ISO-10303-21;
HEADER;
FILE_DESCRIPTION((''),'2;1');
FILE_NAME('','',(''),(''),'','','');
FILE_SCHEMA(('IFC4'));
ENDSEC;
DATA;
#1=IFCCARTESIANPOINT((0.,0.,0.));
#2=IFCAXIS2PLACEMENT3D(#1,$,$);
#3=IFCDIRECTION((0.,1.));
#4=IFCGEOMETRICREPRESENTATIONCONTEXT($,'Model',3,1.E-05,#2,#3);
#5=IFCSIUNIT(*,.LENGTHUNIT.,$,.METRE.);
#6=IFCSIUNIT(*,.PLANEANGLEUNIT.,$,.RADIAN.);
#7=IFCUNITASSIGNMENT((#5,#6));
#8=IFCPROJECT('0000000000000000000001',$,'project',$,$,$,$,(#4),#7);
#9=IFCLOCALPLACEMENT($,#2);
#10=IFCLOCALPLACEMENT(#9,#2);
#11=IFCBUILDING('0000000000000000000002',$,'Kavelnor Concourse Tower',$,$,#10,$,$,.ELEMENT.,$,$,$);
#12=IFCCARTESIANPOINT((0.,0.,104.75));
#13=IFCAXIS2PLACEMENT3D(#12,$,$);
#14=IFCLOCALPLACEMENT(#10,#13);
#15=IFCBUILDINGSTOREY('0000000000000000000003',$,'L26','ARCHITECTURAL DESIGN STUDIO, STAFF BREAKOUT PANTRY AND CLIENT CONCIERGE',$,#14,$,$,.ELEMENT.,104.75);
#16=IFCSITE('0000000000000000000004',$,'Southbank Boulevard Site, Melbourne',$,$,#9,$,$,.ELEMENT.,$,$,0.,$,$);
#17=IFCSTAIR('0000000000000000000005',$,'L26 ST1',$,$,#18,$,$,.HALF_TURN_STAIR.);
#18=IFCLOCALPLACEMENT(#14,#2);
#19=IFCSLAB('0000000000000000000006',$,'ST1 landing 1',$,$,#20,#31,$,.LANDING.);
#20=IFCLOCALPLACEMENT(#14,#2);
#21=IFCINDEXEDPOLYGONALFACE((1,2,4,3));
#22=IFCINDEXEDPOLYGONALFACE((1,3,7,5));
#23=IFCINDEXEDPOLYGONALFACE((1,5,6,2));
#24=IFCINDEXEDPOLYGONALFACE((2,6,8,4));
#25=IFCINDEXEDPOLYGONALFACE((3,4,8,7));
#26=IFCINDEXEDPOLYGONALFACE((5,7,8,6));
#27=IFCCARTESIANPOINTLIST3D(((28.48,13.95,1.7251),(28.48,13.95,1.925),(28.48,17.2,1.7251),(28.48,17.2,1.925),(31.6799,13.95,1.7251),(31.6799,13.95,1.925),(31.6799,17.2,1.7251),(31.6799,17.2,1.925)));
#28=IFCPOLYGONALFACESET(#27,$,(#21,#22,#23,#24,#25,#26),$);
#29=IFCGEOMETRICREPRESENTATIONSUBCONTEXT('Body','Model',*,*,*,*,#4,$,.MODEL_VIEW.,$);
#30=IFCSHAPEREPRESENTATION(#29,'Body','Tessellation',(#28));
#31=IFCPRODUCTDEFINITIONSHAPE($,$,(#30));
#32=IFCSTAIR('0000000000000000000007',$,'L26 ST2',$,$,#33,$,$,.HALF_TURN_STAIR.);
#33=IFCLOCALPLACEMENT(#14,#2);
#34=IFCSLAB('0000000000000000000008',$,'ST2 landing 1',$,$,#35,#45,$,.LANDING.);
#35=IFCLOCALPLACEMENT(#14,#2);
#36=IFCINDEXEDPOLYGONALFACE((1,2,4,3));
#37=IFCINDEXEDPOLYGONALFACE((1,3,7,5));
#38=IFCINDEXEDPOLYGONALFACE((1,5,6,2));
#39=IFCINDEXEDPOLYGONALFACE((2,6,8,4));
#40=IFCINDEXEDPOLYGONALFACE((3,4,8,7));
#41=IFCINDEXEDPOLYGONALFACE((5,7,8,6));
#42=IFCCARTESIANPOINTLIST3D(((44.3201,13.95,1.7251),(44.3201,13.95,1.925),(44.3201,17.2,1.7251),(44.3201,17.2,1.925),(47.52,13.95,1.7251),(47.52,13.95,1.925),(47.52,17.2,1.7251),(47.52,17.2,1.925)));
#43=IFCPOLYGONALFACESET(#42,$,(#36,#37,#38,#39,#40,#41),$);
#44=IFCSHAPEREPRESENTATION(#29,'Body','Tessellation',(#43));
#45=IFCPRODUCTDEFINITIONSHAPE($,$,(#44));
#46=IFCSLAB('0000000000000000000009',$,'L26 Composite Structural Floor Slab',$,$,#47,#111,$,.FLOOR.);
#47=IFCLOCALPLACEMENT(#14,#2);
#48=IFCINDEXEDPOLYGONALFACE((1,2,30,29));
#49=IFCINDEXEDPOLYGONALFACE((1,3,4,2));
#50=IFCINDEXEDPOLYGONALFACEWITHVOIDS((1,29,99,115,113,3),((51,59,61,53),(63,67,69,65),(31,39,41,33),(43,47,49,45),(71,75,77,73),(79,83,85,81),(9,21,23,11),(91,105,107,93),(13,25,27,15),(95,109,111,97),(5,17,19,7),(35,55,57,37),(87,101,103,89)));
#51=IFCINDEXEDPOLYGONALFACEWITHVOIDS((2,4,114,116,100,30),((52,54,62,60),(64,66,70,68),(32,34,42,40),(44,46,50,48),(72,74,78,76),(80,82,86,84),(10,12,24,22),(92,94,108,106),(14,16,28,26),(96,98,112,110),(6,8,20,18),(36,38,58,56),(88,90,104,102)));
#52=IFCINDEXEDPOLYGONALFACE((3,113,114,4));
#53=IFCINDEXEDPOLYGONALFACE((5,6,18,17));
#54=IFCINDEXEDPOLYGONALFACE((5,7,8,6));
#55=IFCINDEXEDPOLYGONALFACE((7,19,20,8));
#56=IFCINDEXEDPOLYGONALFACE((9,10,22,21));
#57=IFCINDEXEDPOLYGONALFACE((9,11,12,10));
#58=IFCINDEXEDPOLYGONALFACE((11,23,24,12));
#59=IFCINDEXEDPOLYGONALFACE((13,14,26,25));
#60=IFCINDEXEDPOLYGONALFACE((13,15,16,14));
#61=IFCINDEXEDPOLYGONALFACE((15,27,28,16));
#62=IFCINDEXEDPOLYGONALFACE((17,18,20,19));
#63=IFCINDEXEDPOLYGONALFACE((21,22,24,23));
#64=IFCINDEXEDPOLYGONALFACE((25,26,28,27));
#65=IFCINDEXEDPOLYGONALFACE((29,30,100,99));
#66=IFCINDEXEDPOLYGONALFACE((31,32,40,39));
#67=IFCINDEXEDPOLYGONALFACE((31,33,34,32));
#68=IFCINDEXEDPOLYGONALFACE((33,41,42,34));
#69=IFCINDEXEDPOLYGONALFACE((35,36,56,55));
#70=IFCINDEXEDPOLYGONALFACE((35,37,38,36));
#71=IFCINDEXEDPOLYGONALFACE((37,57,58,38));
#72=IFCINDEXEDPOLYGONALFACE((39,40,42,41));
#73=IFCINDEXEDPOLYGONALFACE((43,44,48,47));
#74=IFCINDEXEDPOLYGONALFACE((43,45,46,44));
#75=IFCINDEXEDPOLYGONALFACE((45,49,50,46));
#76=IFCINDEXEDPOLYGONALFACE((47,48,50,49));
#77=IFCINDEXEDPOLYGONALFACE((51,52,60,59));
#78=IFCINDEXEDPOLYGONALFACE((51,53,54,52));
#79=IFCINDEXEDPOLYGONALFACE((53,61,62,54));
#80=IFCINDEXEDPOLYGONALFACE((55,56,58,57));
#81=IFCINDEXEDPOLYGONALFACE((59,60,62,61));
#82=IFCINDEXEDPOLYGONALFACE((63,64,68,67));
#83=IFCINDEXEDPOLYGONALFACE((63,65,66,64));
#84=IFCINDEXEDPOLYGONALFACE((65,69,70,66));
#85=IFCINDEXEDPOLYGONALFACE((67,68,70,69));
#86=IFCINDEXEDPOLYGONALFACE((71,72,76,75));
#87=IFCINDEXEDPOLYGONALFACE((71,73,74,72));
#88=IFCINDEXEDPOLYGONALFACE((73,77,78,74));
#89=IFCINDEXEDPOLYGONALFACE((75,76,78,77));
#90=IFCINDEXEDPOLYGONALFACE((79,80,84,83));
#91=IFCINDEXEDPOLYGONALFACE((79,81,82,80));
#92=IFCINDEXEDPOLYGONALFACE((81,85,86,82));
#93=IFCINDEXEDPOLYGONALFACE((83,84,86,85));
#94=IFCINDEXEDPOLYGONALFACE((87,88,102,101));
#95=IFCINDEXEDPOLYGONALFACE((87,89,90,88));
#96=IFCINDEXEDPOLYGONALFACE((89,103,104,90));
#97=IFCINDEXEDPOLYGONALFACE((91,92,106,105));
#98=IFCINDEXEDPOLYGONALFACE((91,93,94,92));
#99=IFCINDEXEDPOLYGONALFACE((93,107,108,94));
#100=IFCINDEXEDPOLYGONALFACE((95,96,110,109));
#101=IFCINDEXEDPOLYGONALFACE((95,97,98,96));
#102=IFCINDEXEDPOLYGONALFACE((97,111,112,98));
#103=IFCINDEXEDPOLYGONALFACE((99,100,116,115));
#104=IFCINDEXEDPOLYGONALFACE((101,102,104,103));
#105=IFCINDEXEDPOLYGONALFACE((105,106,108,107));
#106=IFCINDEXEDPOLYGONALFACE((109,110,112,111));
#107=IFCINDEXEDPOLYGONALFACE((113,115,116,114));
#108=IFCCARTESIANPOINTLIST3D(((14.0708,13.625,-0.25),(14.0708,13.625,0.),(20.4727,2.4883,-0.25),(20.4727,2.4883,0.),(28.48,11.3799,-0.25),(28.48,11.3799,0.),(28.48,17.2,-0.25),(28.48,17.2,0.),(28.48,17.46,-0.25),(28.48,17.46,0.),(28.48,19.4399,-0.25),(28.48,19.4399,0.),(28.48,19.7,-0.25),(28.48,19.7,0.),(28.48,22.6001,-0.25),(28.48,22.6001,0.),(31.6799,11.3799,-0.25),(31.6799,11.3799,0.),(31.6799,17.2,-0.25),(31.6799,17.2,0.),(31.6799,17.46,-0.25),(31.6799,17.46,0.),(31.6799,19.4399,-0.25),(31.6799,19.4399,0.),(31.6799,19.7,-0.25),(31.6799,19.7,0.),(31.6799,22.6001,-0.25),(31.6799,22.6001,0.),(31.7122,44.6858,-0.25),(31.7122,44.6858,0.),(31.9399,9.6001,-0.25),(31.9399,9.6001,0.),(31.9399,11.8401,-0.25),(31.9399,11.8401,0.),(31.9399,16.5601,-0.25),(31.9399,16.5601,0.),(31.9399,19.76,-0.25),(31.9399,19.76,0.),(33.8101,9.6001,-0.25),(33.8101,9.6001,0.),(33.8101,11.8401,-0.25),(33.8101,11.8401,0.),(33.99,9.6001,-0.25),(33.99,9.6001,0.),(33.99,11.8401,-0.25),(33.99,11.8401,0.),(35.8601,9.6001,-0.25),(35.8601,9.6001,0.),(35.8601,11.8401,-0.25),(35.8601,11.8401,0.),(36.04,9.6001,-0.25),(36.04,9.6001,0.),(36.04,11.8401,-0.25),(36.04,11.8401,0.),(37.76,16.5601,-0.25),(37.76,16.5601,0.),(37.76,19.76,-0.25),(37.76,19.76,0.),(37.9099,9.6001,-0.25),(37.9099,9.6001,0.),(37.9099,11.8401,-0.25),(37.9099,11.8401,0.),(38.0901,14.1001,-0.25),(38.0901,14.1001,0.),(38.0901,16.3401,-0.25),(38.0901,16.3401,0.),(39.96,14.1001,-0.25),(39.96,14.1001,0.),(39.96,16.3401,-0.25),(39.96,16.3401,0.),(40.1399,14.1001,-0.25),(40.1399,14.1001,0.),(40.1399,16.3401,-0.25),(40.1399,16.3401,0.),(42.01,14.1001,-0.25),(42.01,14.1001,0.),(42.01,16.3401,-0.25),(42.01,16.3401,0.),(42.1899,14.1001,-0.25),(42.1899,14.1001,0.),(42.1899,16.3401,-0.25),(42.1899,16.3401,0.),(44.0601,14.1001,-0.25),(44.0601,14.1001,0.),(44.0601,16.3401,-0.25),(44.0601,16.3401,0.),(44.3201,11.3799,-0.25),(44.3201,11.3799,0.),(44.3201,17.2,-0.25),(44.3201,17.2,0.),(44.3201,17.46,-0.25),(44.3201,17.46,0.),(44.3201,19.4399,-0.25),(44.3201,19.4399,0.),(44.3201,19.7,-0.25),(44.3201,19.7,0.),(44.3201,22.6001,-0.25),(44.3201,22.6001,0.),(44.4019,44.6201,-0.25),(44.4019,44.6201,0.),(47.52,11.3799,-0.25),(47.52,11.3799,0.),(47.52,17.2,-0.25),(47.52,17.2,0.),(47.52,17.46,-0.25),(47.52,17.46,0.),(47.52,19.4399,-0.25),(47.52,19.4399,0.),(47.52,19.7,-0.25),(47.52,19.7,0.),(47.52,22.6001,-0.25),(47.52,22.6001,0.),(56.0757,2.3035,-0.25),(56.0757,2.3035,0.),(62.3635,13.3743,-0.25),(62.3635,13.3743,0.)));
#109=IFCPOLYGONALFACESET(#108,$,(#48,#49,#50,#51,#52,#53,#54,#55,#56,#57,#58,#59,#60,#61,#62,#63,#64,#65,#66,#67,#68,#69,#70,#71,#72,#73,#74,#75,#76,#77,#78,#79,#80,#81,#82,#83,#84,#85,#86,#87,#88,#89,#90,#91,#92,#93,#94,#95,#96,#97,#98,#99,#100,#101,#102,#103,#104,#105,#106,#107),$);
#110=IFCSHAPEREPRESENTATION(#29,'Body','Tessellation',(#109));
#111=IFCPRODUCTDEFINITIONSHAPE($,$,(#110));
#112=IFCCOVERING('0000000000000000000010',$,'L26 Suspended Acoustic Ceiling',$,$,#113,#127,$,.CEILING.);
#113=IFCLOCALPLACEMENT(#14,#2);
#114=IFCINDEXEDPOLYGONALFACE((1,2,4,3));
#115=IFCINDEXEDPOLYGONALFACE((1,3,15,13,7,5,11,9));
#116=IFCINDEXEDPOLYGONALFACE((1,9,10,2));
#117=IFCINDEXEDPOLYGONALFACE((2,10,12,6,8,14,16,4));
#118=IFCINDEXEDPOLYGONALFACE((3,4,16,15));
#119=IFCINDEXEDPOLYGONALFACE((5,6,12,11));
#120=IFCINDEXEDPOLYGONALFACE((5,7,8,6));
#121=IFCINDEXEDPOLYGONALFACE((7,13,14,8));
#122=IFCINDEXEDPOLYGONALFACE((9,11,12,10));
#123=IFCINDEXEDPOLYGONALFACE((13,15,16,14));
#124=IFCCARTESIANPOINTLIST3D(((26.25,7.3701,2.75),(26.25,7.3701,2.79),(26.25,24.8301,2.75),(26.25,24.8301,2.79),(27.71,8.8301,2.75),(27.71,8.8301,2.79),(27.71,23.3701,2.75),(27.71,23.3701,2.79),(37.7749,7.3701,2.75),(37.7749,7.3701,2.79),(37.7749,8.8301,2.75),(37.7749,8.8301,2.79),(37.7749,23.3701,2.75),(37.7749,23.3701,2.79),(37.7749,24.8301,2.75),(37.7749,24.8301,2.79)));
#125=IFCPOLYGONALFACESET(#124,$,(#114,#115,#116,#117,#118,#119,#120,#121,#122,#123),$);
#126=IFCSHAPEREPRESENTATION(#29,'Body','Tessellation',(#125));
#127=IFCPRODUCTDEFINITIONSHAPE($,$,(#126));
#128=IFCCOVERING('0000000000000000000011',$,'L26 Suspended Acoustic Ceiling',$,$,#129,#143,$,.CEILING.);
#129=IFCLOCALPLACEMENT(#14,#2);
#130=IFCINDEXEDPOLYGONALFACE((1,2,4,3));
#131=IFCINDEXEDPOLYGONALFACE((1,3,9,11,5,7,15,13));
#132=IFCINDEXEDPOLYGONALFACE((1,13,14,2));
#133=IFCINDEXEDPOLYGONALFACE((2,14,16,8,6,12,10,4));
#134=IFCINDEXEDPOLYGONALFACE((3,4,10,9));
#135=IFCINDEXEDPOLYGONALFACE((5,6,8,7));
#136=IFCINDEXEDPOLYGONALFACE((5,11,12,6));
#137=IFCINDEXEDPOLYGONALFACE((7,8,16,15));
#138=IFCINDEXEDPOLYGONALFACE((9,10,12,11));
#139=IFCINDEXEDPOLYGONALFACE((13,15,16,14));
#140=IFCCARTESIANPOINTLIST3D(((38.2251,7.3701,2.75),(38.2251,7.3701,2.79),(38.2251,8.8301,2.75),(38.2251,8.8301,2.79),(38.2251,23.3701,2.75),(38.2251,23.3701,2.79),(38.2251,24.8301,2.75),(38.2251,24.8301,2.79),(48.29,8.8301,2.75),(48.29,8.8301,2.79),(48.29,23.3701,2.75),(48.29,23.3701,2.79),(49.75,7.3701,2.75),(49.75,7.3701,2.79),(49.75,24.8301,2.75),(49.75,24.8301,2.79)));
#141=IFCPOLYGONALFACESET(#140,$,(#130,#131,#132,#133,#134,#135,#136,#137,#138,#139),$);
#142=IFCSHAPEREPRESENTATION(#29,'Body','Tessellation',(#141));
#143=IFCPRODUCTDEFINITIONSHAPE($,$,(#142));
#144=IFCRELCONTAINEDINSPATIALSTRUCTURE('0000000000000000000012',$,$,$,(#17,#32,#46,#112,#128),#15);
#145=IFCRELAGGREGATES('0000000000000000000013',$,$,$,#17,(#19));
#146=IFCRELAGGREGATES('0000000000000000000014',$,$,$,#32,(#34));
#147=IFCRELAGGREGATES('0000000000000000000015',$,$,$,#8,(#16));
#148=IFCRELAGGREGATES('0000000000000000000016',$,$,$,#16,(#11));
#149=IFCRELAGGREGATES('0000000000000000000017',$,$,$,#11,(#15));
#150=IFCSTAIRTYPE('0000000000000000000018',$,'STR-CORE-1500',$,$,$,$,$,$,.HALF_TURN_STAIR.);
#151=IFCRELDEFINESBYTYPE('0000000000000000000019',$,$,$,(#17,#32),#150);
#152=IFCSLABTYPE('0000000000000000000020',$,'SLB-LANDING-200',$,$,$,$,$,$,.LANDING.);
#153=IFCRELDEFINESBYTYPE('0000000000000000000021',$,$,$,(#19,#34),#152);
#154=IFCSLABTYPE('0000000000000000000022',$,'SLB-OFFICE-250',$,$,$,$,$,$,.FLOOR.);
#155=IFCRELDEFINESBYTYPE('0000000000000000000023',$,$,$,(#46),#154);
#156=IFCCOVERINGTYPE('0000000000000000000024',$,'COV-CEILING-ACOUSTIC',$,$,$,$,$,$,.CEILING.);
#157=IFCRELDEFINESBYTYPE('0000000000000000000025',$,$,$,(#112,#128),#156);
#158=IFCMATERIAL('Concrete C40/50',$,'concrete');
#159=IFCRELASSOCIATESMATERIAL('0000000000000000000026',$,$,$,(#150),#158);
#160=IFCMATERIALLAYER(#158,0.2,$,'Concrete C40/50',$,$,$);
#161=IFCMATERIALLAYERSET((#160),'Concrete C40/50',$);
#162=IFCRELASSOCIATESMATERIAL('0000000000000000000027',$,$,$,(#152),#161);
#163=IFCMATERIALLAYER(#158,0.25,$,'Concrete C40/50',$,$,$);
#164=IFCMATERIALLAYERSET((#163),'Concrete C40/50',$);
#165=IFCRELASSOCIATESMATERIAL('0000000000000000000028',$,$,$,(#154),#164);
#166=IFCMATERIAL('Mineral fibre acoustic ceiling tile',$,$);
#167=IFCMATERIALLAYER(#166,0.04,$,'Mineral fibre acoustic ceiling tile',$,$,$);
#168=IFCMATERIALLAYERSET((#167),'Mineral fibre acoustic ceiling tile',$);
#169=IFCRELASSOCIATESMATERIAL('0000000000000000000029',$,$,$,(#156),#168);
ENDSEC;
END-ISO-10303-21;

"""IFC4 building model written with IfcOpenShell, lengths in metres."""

from ifc_helpers import new_model, si_unit, direction, frame, origin, place, context, subcontext, project, spatial, polyline, outline, extrude, material, layer, layer_set, type_object, element, aggregate, save


model = new_model("IFC4")

# Units and contexts
model_context = context("Model", 3, precision=1e-05, world=origin(), true_north=direction((0.0, 1.0)))
body_context = subcontext(model_context, "Body", "Model", "MODEL_VIEW")
ifc_project = project(units=[si_unit("LENGTHUNIT", "METRE"), si_unit("PLANEANGLEUNIT", "RADIAN")], contexts=[model_context])

# Site, building, storey
site_placement = place(None, origin())
site = spatial("IfcSite", under=ifc_project, at=site_placement, Name="Southbank Boulevard Site, Melbourne", CompositionType="ELEMENT", RefElevation=0.0)
building_placement = place(site_placement, origin())
building = spatial("IfcBuilding", under=site, at=building_placement, Name="Kavelnor Concourse Tower", CompositionType="ELEMENT")
storey_placement = place(building_placement, frame((0.0, 0.0, 104.75)))
storey = spatial("IfcBuildingStorey", under=building, at=storey_placement, Name="L26", Description="ARCHITECTURAL DESIGN STUDIO, STAFF BREAKOUT PANTRY AND CLIENT CONCIERGE", CompositionType="ELEMENT", Elevation=104.75)

# Stairs, slabs
ifc_material_1 = material(Name="Concrete C40/50", Category="concrete")
stair_type = type_object("IfcStairType", Name="STR-CORE-1500", PredefinedType="HALF_TURN_STAIR", material=ifc_material_1)
stair_1_placement = place(storey_placement, origin())
stair_1 = element("IfcStair", 1, at=stair_1_placement, inside=storey, type_object=stair_type, Name="L26 ST1", PredefinedType="HALF_TURN_STAIR")
ifc_layer_1 = layer(ifc_material_1, 0.2, Name="Concrete C40/50")
ifc_layer_set_1 = layer_set([ifc_layer_1], Name="Concrete C40/50")
slab_type_1 = type_object("IfcSlabType", Name="SLB-LANDING-200", PredefinedType="LANDING", material=ifc_layer_set_1)
slab_1_placement = place(storey_placement, frame((0.0, 0.0, 1.7251)))
slab_1 = element("IfcSlab", 2, at=slab_1_placement, type_object=slab_type_1, Name="ST1 landing 1", PredefinedType="LANDING", context=body_context, shape_type="SweptSolid", body=[
    extrude(outline(polyline([(31.6799, 13.95), (31.6799, 17.2), (28.48, 17.2), (28.48, 13.95), (31.6799, 13.95)])), origin(), (0.0, 0.0, 1.0), 0.2),
])
aggregate(stair_1, [slab_1])
stair_2_placement = place(storey_placement, origin())
stair_2 = element("IfcStair", 3, at=stair_2_placement, inside=storey, type_object=stair_type, Name="L26 ST2", PredefinedType="HALF_TURN_STAIR")
slab_2_placement = place(storey_placement, frame((0.0, 0.0, 1.7251)))
slab_2 = element("IfcSlab", 4, at=slab_2_placement, type_object=slab_type_1, Name="ST2 landing 1", PredefinedType="LANDING", context=body_context, shape_type="SweptSolid", body=[
    extrude(outline(polyline([(47.52, 13.95), (47.52, 17.2), (44.3201, 17.2), (44.3201, 13.95), (47.52, 13.95)])), origin(), (0.0, 0.0, 1.0), 0.2),
])
aggregate(stair_2, [slab_2])

# Slab
ifc_layer_2 = layer(ifc_material_1, 0.25, Name="Concrete C40/50")
ifc_layer_set_2 = layer_set([ifc_layer_2], Name="Concrete C40/50")
slab_type_2 = type_object("IfcSlabType", Name="SLB-OFFICE-250", PredefinedType="FLOOR", material=ifc_layer_set_2)
slab_3_placement = place(storey_placement, frame((0.0, 0.0, -0.25)))
element("IfcSlab", 5, at=slab_3_placement, inside=storey, type_object=slab_type_2, Name="L26 Composite Structural Floor Slab", PredefinedType="FLOOR", context=body_context, shape_type="SweptSolid", body=[
    extrude(outline(polyline([(44.4019, 44.6201), (31.7122, 44.6858), (14.0708, 13.625), (20.4727, 2.4883), (56.0757, 2.3035), (62.3635, 13.3743), (44.4019, 44.6201)]), holes=[polyline([(28.48, 11.3799), (31.6799, 11.3799), (31.6799, 17.2), (28.48, 17.2), (28.48, 11.3799)]), polyline([(44.3201, 11.3799), (47.52, 11.3799), (47.52, 17.2), (44.3201, 17.2), (44.3201, 11.3799)]), polyline([(31.9399, 16.5601), (37.76, 16.5601), (37.76, 19.76), (31.9399, 19.76), (31.9399, 16.5601)]), polyline([(28.48, 19.7), (31.6799, 19.7), (31.6799, 22.6001), (28.48, 22.6001), (28.48, 19.7)]), polyline([(44.3201, 19.7), (47.52, 19.7), (47.52, 22.6001), (44.3201, 22.6001), (44.3201, 19.7)]), polyline([(38.0901, 14.1001), (39.96, 14.1001), (39.96, 16.3401), (38.0901, 16.3401), (38.0901, 14.1001)]), polyline([(40.1399, 14.1001), (42.01, 14.1001), (42.01, 16.3401), (40.1399, 16.3401), (40.1399, 14.1001)]), polyline([(42.1899, 14.1001), (44.0601, 14.1001), (44.0601, 16.3401), (42.1899, 16.3401), (42.1899, 14.1001)]), polyline([(31.9399, 9.6001), (33.8101, 9.6001), (33.8101, 11.8401), (31.9399, 11.8401), (31.9399, 9.6001)]), polyline([(33.99, 9.6001), (35.8601, 9.6001), (35.8601, 11.8401), (33.99, 11.8401), (33.99, 9.6001)]), polyline([(36.04, 9.6001), (37.9099, 9.6001), (37.9099, 11.8401), (36.04, 11.8401), (36.04, 9.6001)]), polyline([(28.48, 17.46), (31.6799, 17.46), (31.6799, 19.4399), (28.48, 19.4399), (28.48, 17.46)]), polyline([(44.3201, 17.46), (47.52, 17.46), (47.52, 19.4399), (44.3201, 19.4399), (44.3201, 17.46)])]), origin(), (0.0, 0.0, 1.0), 0.25),
])

# Coverings
ifc_material_2 = material(Name="Mineral fibre acoustic ceiling tile")
ifc_layer_3 = layer(ifc_material_2, 0.04, Name="Mineral fibre acoustic ceiling tile")
ifc_layer_set_3 = layer_set([ifc_layer_3], Name="Mineral fibre acoustic ceiling tile")
covering_type_1 = type_object("IfcCoveringType", Name="COV-CEILING-ACOUSTIC", PredefinedType="CEILING", material=ifc_layer_set_3)
covering_1_placement = place(storey_placement, frame((0.0, 0.0, 2.75)))
element("IfcCovering", 6, at=covering_1_placement, inside=storey, type_object=covering_type_1, Name="L26 Suspended Acoustic Ceiling", PredefinedType="CEILING", context=body_context, shape_type="SweptSolid", body=[
    extrude(outline(polyline([(26.25, 7.3701), (26.25, 24.8301), (37.7749, 24.8301), (37.7749, 23.3701), (27.71, 23.3701), (27.71, 8.8301), (37.7749, 8.8301), (37.7749, 7.3701), (26.25, 7.3701)])), origin(), (0.0, 0.0, 1.0), 0.04),
])
covering_2_placement = place(storey_placement, frame((0.0, 0.0, 2.75)))
element("IfcCovering", 7, at=covering_2_placement, inside=storey, type_object=covering_type_1, Name="L26 Suspended Acoustic Ceiling", PredefinedType="CEILING", context=body_context, shape_type="SweptSolid", body=[
    extrude(outline(polyline([(49.75, 7.3701), (38.2251, 7.3701), (38.2251, 8.8301), (48.29, 8.8301), (48.29, 23.3701), (38.2251, 23.3701), (38.2251, 24.8301), (49.75, 24.8301), (49.75, 7.3701)])), origin(), (0.0, 0.0, 1.0), 0.04),
])

save(model, "model.ifc")
